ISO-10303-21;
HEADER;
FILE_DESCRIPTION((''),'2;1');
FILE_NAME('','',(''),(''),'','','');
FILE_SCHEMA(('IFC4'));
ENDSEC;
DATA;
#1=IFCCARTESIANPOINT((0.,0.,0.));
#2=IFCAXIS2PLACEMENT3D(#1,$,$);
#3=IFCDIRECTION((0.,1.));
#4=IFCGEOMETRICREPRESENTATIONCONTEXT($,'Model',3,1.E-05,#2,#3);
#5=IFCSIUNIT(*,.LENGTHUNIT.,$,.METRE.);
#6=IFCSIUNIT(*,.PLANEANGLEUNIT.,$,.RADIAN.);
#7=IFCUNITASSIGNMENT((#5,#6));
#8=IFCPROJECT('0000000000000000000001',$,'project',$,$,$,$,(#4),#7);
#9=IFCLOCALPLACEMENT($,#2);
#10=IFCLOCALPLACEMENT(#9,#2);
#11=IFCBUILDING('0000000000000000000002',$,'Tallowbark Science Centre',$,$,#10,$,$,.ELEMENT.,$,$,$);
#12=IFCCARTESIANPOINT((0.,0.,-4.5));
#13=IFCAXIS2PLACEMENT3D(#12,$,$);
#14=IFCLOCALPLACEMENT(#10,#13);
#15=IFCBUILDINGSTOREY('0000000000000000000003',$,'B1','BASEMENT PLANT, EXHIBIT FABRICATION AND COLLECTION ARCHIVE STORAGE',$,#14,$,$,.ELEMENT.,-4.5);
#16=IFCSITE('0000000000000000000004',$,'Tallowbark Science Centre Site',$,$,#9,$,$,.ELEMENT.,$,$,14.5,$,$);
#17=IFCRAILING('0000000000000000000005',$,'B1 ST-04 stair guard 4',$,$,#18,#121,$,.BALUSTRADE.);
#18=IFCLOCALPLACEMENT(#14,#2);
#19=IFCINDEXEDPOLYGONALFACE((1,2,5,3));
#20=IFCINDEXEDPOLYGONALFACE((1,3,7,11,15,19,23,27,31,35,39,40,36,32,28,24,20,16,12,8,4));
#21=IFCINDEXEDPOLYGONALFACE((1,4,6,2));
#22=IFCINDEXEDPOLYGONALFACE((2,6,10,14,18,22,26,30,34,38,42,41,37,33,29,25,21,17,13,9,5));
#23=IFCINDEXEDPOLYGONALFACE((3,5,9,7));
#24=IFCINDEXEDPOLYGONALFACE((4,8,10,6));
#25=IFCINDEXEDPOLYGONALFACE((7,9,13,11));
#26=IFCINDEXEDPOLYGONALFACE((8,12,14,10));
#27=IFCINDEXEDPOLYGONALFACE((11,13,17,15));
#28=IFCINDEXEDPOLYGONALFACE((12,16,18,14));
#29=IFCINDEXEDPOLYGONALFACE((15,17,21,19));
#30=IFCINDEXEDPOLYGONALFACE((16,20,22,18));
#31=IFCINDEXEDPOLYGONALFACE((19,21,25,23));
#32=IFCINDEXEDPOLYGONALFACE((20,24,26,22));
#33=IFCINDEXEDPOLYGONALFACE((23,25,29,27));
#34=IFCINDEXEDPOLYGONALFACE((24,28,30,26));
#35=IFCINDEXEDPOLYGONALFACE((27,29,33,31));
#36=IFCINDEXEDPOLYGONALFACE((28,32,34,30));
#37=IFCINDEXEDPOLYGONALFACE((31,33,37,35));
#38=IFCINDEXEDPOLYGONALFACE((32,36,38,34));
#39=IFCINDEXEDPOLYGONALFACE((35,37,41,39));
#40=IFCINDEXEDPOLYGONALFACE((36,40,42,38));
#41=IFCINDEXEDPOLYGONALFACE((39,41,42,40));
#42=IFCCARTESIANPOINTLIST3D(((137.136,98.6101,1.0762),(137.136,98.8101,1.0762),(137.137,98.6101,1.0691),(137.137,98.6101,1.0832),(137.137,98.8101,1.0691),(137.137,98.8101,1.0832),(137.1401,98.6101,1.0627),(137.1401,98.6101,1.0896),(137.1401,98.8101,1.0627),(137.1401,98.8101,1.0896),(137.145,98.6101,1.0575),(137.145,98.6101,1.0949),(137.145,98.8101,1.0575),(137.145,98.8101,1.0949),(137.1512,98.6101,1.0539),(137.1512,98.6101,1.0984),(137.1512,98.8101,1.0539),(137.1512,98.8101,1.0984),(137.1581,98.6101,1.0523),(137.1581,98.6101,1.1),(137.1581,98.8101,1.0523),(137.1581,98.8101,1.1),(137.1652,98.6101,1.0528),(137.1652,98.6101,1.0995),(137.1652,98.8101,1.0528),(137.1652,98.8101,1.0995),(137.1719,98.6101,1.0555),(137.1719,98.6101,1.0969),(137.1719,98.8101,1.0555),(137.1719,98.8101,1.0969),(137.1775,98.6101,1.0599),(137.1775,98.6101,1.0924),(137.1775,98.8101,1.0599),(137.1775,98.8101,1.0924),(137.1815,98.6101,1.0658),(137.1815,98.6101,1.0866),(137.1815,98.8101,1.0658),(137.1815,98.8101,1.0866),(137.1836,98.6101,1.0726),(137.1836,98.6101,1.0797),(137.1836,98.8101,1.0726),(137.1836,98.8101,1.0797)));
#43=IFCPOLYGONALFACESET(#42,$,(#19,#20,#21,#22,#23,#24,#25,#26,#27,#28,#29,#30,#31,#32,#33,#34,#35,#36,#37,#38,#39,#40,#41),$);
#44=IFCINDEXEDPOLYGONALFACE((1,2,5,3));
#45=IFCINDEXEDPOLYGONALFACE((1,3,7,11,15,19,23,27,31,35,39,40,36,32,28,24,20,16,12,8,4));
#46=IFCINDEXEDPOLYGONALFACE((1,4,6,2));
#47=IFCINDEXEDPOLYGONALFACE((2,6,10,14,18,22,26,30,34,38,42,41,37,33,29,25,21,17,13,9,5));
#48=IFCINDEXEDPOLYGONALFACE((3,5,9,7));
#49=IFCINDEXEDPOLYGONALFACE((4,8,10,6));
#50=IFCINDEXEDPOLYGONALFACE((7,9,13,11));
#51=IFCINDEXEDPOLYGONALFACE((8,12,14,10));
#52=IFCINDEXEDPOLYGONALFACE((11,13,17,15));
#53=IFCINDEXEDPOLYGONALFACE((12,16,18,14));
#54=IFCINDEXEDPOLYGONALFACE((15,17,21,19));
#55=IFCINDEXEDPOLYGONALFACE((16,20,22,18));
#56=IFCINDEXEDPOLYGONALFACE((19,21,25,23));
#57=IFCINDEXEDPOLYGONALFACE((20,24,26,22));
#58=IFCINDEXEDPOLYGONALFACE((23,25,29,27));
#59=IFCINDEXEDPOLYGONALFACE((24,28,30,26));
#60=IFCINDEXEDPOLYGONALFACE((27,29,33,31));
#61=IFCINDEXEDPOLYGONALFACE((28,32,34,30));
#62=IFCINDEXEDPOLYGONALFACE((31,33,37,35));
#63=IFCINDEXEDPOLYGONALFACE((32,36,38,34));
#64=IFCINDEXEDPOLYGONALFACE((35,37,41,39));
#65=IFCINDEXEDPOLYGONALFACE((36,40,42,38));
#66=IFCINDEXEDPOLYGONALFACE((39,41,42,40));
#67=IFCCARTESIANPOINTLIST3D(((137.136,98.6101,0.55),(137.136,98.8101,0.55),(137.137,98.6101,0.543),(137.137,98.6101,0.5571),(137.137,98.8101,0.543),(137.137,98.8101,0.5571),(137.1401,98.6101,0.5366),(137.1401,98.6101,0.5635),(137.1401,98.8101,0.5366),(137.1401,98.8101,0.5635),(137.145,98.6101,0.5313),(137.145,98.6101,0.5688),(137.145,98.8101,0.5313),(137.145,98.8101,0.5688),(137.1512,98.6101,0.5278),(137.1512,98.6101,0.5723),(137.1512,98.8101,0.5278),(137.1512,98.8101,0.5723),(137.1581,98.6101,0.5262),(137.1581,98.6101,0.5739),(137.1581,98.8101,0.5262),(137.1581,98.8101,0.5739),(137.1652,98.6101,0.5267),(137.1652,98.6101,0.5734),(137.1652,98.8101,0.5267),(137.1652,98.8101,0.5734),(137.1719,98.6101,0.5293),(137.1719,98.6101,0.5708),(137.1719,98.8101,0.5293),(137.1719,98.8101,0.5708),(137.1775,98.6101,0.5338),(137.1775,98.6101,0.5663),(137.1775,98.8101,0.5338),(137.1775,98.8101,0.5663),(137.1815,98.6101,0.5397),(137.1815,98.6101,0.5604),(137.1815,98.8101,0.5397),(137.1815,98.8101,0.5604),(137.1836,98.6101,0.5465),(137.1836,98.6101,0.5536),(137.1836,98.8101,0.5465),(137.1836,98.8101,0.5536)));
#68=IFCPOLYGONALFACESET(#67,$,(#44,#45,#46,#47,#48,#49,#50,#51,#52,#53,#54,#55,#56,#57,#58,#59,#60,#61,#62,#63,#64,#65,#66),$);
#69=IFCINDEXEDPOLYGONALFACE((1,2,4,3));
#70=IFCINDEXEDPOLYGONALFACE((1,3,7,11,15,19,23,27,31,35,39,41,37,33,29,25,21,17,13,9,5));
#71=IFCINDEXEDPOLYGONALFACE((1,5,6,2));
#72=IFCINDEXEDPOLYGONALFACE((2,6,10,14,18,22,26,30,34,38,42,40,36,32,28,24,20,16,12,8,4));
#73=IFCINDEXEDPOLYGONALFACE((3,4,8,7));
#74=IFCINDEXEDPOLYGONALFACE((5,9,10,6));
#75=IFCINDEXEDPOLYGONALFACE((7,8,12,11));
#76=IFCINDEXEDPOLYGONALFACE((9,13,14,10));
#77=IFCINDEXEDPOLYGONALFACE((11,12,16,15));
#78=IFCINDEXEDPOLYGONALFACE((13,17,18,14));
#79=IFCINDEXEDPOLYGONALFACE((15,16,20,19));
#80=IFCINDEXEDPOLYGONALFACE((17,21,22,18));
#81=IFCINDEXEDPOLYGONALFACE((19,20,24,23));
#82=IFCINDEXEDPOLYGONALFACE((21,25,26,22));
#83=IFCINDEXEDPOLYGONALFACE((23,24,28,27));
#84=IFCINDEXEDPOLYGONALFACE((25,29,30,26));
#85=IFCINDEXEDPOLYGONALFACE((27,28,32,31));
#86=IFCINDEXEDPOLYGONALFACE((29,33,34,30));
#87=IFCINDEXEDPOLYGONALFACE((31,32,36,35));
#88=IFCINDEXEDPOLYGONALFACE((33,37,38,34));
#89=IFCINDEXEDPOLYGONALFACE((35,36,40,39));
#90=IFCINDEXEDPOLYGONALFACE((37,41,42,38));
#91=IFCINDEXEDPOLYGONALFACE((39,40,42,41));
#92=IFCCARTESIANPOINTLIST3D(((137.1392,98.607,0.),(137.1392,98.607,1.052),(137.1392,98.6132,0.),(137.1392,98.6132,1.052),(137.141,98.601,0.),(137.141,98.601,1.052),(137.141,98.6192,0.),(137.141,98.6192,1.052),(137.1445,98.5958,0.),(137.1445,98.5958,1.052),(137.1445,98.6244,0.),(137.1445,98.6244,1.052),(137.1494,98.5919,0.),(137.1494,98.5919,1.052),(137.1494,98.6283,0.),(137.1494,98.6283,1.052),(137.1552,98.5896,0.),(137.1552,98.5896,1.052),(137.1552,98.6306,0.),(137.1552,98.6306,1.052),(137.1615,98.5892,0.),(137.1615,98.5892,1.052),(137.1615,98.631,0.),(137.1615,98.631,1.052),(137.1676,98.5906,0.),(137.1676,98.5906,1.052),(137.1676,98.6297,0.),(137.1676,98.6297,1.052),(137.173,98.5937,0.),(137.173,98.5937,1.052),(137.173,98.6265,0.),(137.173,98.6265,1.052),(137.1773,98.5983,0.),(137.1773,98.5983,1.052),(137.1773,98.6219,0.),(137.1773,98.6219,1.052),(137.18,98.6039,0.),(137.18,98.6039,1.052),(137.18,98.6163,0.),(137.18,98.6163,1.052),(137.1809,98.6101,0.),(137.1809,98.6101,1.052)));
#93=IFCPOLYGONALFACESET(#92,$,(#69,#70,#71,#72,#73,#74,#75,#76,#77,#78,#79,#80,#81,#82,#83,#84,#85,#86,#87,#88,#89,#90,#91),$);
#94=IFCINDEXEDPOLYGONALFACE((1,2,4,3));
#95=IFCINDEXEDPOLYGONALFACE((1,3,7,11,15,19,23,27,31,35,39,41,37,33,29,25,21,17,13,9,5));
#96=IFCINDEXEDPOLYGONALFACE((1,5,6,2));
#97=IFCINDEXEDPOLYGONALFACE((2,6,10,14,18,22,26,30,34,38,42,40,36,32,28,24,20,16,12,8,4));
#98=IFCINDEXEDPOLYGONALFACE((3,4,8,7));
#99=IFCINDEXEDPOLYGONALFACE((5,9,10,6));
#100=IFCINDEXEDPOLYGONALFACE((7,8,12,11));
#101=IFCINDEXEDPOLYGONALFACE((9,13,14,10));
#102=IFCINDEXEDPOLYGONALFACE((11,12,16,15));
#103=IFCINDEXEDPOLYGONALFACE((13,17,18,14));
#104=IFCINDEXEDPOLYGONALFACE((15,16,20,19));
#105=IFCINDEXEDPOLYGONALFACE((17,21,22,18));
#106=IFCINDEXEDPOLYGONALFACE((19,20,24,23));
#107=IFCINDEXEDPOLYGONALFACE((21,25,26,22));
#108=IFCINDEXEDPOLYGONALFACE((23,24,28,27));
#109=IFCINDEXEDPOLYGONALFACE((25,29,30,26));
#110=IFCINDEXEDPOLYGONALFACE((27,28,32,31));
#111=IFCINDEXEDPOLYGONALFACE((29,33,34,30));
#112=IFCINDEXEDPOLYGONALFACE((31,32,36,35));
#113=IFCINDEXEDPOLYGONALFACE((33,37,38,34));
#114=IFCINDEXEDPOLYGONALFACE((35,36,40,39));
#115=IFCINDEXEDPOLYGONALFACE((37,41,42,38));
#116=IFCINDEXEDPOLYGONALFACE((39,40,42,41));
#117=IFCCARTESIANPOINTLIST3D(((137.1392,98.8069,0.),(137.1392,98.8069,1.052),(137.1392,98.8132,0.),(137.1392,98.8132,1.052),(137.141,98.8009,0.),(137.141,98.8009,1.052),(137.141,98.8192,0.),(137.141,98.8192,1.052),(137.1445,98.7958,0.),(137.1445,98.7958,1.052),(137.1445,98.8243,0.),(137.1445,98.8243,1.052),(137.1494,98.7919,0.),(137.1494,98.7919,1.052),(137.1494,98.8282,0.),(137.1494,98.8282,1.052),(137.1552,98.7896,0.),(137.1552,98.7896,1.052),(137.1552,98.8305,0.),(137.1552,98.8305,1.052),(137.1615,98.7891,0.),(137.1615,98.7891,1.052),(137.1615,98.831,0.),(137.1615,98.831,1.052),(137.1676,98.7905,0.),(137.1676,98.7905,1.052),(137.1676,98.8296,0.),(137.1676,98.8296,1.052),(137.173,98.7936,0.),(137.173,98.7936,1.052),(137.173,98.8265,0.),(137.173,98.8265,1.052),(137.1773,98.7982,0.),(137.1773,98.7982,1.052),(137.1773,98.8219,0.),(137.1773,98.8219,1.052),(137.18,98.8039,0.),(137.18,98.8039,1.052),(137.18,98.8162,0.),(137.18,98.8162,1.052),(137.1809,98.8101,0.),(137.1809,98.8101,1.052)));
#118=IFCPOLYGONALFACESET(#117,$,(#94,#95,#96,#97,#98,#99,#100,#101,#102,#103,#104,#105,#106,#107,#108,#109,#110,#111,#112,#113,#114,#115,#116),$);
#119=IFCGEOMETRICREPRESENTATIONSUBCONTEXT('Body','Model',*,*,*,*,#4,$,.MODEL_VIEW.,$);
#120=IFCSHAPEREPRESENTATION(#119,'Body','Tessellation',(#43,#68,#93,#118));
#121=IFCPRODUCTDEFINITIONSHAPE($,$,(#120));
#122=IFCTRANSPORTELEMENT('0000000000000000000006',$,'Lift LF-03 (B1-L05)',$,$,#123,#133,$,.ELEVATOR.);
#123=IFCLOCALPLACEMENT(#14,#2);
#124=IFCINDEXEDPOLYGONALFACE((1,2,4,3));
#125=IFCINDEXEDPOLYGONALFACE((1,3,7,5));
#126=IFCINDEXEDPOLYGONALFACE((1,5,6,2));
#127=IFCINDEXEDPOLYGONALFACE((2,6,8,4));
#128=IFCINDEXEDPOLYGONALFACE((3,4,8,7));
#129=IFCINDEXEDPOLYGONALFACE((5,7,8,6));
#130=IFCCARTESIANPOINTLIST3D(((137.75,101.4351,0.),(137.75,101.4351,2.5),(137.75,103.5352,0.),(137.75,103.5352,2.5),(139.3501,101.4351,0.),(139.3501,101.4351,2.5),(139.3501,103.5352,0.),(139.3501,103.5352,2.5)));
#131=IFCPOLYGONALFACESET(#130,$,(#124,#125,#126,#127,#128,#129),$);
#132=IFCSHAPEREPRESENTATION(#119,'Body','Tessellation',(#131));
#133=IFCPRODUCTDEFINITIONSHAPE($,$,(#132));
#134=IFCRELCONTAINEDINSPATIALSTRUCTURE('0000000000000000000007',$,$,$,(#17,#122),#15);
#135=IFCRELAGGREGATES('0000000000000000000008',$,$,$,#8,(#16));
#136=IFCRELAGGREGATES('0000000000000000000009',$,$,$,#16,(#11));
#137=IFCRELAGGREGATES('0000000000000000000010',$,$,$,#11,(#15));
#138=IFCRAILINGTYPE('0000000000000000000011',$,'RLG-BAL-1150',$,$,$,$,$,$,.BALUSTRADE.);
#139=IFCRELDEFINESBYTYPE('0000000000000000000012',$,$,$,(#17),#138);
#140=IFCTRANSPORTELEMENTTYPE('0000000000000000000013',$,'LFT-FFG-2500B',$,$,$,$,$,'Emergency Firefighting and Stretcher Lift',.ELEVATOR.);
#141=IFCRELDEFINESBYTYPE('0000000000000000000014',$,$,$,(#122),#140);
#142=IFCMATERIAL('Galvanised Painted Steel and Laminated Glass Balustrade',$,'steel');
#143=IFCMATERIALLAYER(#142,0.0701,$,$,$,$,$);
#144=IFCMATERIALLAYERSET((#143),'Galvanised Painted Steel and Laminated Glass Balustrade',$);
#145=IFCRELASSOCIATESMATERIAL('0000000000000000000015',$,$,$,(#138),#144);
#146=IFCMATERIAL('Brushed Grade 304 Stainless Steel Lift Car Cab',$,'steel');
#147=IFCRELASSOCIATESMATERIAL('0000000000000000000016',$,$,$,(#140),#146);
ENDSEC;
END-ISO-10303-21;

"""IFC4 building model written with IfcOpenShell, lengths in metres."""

from ifc_helpers import new_model, si_unit, direction, frame, origin, origin_2d, place, context, subcontext, project, spatial, rectangle, circle, extrude, material, layer, layer_set, type_object, element, save


model = new_model("IFC4")

# Units and contexts
model_context = context("Model", 3, precision=1e-05, world=origin(), true_north=direction((0.0, 1.0)))
body_context = subcontext(model_context, "Body", "Model", "MODEL_VIEW")
ifc_project = project(units=[si_unit("LENGTHUNIT", "METRE"), si_unit("PLANEANGLEUNIT", "RADIAN")], contexts=[model_context])

# Site, building, storey
site_placement = place(None, origin())
site = spatial("IfcSite", under=ifc_project, at=site_placement, Name="Tallowbark Science Centre Site", CompositionType="ELEMENT", RefElevation=14.5)
building_placement = place(site_placement, origin())
building = spatial("IfcBuilding", under=site, at=building_placement, Name="Tallowbark Science Centre", CompositionType="ELEMENT")
storey_placement = place(building_placement, frame((0.0, 0.0, -4.5)))
storey = spatial("IfcBuildingStorey", under=building, at=storey_placement, Name="B1", Description="BASEMENT PLANT, EXHIBIT FABRICATION AND COLLECTION ARCHIVE STORAGE", CompositionType="ELEMENT", Elevation=-4.5)

# Railing
ifc_material_1 = material(Name="Galvanised Painted Steel and Laminated Glass Balustrade", Category="steel")
ifc_layer_1 = layer(ifc_material_1, 0.0701)
ifc_layer_set_1 = layer_set([ifc_layer_1], Name="Galvanised Painted Steel and Laminated Glass Balustrade")
railing_type = type_object("IfcRailingType", Name="RLG-BAL-1150", PredefinedType="BALUSTRADE", material=ifc_layer_set_1)
railing_1_placement = place(storey_placement, frame((137.1599, 98.6101, 0.0)))
element("IfcRailing", 1, at=railing_1_placement, inside=storey, type_object=railing_type, Name="B1 ST-04 stair guard 4", PredefinedType="BALUSTRADE", context=body_context, shape_type="SweptSolid", body=[
    extrude(circle(Radius=0.0239, at=origin_2d()), frame((0.0, 0.0, 1.0762), z_axis=(0.0, 1.0, 0.0), x_axis=(-1.0, 0.0, 0.0)), (0.0, 0.0, 1.0), 0.2),
    extrude(circle(Radius=0.0239, at=origin_2d()), frame((0.0, 0.0, 0.55), z_axis=(0.0, 1.0, 0.0), x_axis=(-1.0, 0.0, 0.0)), (0.0, 0.0, 1.0), 0.2),
    extrude(circle(Radius=0.021, at=origin_2d()), origin(), (0.0, 0.0, 1.0), 1.052),
    extrude(circle(Radius=0.021, at=origin_2d()), frame((0.0, 0.2, 0.0)), (0.0, 0.0, 1.0), 1.052),
])

# Transport element
ifc_material_2 = material(Name="Brushed Grade 304 Stainless Steel Lift Car Cab", Category="steel")
transport_element_type = type_object("IfcTransportElementType", Name="LFT-FFG-2500B", ElementType="Emergency Firefighting and Stretcher Lift", PredefinedType="ELEVATOR", material=ifc_material_2)
transport_element_placement = place(storey_placement, frame((138.55, 102.4851, 0.0), z_axis=(0.0, 0.0, 1.0), x_axis=(1.0, 0.0, 0.0)))
element("IfcTransportElement", 2, at=transport_element_placement, inside=storey, type_object=transport_element_type, Name="Lift LF-03 (B1-L05)", PredefinedType="ELEVATOR", context=body_context, shape_type="SweptSolid", body=[
    extrude(rectangle(XDim=1.6001, YDim=2.1001, at=origin_2d()), origin(), (0.0, 0.0, 1.0), 2.5),
])

save(model, "model.ifc")
